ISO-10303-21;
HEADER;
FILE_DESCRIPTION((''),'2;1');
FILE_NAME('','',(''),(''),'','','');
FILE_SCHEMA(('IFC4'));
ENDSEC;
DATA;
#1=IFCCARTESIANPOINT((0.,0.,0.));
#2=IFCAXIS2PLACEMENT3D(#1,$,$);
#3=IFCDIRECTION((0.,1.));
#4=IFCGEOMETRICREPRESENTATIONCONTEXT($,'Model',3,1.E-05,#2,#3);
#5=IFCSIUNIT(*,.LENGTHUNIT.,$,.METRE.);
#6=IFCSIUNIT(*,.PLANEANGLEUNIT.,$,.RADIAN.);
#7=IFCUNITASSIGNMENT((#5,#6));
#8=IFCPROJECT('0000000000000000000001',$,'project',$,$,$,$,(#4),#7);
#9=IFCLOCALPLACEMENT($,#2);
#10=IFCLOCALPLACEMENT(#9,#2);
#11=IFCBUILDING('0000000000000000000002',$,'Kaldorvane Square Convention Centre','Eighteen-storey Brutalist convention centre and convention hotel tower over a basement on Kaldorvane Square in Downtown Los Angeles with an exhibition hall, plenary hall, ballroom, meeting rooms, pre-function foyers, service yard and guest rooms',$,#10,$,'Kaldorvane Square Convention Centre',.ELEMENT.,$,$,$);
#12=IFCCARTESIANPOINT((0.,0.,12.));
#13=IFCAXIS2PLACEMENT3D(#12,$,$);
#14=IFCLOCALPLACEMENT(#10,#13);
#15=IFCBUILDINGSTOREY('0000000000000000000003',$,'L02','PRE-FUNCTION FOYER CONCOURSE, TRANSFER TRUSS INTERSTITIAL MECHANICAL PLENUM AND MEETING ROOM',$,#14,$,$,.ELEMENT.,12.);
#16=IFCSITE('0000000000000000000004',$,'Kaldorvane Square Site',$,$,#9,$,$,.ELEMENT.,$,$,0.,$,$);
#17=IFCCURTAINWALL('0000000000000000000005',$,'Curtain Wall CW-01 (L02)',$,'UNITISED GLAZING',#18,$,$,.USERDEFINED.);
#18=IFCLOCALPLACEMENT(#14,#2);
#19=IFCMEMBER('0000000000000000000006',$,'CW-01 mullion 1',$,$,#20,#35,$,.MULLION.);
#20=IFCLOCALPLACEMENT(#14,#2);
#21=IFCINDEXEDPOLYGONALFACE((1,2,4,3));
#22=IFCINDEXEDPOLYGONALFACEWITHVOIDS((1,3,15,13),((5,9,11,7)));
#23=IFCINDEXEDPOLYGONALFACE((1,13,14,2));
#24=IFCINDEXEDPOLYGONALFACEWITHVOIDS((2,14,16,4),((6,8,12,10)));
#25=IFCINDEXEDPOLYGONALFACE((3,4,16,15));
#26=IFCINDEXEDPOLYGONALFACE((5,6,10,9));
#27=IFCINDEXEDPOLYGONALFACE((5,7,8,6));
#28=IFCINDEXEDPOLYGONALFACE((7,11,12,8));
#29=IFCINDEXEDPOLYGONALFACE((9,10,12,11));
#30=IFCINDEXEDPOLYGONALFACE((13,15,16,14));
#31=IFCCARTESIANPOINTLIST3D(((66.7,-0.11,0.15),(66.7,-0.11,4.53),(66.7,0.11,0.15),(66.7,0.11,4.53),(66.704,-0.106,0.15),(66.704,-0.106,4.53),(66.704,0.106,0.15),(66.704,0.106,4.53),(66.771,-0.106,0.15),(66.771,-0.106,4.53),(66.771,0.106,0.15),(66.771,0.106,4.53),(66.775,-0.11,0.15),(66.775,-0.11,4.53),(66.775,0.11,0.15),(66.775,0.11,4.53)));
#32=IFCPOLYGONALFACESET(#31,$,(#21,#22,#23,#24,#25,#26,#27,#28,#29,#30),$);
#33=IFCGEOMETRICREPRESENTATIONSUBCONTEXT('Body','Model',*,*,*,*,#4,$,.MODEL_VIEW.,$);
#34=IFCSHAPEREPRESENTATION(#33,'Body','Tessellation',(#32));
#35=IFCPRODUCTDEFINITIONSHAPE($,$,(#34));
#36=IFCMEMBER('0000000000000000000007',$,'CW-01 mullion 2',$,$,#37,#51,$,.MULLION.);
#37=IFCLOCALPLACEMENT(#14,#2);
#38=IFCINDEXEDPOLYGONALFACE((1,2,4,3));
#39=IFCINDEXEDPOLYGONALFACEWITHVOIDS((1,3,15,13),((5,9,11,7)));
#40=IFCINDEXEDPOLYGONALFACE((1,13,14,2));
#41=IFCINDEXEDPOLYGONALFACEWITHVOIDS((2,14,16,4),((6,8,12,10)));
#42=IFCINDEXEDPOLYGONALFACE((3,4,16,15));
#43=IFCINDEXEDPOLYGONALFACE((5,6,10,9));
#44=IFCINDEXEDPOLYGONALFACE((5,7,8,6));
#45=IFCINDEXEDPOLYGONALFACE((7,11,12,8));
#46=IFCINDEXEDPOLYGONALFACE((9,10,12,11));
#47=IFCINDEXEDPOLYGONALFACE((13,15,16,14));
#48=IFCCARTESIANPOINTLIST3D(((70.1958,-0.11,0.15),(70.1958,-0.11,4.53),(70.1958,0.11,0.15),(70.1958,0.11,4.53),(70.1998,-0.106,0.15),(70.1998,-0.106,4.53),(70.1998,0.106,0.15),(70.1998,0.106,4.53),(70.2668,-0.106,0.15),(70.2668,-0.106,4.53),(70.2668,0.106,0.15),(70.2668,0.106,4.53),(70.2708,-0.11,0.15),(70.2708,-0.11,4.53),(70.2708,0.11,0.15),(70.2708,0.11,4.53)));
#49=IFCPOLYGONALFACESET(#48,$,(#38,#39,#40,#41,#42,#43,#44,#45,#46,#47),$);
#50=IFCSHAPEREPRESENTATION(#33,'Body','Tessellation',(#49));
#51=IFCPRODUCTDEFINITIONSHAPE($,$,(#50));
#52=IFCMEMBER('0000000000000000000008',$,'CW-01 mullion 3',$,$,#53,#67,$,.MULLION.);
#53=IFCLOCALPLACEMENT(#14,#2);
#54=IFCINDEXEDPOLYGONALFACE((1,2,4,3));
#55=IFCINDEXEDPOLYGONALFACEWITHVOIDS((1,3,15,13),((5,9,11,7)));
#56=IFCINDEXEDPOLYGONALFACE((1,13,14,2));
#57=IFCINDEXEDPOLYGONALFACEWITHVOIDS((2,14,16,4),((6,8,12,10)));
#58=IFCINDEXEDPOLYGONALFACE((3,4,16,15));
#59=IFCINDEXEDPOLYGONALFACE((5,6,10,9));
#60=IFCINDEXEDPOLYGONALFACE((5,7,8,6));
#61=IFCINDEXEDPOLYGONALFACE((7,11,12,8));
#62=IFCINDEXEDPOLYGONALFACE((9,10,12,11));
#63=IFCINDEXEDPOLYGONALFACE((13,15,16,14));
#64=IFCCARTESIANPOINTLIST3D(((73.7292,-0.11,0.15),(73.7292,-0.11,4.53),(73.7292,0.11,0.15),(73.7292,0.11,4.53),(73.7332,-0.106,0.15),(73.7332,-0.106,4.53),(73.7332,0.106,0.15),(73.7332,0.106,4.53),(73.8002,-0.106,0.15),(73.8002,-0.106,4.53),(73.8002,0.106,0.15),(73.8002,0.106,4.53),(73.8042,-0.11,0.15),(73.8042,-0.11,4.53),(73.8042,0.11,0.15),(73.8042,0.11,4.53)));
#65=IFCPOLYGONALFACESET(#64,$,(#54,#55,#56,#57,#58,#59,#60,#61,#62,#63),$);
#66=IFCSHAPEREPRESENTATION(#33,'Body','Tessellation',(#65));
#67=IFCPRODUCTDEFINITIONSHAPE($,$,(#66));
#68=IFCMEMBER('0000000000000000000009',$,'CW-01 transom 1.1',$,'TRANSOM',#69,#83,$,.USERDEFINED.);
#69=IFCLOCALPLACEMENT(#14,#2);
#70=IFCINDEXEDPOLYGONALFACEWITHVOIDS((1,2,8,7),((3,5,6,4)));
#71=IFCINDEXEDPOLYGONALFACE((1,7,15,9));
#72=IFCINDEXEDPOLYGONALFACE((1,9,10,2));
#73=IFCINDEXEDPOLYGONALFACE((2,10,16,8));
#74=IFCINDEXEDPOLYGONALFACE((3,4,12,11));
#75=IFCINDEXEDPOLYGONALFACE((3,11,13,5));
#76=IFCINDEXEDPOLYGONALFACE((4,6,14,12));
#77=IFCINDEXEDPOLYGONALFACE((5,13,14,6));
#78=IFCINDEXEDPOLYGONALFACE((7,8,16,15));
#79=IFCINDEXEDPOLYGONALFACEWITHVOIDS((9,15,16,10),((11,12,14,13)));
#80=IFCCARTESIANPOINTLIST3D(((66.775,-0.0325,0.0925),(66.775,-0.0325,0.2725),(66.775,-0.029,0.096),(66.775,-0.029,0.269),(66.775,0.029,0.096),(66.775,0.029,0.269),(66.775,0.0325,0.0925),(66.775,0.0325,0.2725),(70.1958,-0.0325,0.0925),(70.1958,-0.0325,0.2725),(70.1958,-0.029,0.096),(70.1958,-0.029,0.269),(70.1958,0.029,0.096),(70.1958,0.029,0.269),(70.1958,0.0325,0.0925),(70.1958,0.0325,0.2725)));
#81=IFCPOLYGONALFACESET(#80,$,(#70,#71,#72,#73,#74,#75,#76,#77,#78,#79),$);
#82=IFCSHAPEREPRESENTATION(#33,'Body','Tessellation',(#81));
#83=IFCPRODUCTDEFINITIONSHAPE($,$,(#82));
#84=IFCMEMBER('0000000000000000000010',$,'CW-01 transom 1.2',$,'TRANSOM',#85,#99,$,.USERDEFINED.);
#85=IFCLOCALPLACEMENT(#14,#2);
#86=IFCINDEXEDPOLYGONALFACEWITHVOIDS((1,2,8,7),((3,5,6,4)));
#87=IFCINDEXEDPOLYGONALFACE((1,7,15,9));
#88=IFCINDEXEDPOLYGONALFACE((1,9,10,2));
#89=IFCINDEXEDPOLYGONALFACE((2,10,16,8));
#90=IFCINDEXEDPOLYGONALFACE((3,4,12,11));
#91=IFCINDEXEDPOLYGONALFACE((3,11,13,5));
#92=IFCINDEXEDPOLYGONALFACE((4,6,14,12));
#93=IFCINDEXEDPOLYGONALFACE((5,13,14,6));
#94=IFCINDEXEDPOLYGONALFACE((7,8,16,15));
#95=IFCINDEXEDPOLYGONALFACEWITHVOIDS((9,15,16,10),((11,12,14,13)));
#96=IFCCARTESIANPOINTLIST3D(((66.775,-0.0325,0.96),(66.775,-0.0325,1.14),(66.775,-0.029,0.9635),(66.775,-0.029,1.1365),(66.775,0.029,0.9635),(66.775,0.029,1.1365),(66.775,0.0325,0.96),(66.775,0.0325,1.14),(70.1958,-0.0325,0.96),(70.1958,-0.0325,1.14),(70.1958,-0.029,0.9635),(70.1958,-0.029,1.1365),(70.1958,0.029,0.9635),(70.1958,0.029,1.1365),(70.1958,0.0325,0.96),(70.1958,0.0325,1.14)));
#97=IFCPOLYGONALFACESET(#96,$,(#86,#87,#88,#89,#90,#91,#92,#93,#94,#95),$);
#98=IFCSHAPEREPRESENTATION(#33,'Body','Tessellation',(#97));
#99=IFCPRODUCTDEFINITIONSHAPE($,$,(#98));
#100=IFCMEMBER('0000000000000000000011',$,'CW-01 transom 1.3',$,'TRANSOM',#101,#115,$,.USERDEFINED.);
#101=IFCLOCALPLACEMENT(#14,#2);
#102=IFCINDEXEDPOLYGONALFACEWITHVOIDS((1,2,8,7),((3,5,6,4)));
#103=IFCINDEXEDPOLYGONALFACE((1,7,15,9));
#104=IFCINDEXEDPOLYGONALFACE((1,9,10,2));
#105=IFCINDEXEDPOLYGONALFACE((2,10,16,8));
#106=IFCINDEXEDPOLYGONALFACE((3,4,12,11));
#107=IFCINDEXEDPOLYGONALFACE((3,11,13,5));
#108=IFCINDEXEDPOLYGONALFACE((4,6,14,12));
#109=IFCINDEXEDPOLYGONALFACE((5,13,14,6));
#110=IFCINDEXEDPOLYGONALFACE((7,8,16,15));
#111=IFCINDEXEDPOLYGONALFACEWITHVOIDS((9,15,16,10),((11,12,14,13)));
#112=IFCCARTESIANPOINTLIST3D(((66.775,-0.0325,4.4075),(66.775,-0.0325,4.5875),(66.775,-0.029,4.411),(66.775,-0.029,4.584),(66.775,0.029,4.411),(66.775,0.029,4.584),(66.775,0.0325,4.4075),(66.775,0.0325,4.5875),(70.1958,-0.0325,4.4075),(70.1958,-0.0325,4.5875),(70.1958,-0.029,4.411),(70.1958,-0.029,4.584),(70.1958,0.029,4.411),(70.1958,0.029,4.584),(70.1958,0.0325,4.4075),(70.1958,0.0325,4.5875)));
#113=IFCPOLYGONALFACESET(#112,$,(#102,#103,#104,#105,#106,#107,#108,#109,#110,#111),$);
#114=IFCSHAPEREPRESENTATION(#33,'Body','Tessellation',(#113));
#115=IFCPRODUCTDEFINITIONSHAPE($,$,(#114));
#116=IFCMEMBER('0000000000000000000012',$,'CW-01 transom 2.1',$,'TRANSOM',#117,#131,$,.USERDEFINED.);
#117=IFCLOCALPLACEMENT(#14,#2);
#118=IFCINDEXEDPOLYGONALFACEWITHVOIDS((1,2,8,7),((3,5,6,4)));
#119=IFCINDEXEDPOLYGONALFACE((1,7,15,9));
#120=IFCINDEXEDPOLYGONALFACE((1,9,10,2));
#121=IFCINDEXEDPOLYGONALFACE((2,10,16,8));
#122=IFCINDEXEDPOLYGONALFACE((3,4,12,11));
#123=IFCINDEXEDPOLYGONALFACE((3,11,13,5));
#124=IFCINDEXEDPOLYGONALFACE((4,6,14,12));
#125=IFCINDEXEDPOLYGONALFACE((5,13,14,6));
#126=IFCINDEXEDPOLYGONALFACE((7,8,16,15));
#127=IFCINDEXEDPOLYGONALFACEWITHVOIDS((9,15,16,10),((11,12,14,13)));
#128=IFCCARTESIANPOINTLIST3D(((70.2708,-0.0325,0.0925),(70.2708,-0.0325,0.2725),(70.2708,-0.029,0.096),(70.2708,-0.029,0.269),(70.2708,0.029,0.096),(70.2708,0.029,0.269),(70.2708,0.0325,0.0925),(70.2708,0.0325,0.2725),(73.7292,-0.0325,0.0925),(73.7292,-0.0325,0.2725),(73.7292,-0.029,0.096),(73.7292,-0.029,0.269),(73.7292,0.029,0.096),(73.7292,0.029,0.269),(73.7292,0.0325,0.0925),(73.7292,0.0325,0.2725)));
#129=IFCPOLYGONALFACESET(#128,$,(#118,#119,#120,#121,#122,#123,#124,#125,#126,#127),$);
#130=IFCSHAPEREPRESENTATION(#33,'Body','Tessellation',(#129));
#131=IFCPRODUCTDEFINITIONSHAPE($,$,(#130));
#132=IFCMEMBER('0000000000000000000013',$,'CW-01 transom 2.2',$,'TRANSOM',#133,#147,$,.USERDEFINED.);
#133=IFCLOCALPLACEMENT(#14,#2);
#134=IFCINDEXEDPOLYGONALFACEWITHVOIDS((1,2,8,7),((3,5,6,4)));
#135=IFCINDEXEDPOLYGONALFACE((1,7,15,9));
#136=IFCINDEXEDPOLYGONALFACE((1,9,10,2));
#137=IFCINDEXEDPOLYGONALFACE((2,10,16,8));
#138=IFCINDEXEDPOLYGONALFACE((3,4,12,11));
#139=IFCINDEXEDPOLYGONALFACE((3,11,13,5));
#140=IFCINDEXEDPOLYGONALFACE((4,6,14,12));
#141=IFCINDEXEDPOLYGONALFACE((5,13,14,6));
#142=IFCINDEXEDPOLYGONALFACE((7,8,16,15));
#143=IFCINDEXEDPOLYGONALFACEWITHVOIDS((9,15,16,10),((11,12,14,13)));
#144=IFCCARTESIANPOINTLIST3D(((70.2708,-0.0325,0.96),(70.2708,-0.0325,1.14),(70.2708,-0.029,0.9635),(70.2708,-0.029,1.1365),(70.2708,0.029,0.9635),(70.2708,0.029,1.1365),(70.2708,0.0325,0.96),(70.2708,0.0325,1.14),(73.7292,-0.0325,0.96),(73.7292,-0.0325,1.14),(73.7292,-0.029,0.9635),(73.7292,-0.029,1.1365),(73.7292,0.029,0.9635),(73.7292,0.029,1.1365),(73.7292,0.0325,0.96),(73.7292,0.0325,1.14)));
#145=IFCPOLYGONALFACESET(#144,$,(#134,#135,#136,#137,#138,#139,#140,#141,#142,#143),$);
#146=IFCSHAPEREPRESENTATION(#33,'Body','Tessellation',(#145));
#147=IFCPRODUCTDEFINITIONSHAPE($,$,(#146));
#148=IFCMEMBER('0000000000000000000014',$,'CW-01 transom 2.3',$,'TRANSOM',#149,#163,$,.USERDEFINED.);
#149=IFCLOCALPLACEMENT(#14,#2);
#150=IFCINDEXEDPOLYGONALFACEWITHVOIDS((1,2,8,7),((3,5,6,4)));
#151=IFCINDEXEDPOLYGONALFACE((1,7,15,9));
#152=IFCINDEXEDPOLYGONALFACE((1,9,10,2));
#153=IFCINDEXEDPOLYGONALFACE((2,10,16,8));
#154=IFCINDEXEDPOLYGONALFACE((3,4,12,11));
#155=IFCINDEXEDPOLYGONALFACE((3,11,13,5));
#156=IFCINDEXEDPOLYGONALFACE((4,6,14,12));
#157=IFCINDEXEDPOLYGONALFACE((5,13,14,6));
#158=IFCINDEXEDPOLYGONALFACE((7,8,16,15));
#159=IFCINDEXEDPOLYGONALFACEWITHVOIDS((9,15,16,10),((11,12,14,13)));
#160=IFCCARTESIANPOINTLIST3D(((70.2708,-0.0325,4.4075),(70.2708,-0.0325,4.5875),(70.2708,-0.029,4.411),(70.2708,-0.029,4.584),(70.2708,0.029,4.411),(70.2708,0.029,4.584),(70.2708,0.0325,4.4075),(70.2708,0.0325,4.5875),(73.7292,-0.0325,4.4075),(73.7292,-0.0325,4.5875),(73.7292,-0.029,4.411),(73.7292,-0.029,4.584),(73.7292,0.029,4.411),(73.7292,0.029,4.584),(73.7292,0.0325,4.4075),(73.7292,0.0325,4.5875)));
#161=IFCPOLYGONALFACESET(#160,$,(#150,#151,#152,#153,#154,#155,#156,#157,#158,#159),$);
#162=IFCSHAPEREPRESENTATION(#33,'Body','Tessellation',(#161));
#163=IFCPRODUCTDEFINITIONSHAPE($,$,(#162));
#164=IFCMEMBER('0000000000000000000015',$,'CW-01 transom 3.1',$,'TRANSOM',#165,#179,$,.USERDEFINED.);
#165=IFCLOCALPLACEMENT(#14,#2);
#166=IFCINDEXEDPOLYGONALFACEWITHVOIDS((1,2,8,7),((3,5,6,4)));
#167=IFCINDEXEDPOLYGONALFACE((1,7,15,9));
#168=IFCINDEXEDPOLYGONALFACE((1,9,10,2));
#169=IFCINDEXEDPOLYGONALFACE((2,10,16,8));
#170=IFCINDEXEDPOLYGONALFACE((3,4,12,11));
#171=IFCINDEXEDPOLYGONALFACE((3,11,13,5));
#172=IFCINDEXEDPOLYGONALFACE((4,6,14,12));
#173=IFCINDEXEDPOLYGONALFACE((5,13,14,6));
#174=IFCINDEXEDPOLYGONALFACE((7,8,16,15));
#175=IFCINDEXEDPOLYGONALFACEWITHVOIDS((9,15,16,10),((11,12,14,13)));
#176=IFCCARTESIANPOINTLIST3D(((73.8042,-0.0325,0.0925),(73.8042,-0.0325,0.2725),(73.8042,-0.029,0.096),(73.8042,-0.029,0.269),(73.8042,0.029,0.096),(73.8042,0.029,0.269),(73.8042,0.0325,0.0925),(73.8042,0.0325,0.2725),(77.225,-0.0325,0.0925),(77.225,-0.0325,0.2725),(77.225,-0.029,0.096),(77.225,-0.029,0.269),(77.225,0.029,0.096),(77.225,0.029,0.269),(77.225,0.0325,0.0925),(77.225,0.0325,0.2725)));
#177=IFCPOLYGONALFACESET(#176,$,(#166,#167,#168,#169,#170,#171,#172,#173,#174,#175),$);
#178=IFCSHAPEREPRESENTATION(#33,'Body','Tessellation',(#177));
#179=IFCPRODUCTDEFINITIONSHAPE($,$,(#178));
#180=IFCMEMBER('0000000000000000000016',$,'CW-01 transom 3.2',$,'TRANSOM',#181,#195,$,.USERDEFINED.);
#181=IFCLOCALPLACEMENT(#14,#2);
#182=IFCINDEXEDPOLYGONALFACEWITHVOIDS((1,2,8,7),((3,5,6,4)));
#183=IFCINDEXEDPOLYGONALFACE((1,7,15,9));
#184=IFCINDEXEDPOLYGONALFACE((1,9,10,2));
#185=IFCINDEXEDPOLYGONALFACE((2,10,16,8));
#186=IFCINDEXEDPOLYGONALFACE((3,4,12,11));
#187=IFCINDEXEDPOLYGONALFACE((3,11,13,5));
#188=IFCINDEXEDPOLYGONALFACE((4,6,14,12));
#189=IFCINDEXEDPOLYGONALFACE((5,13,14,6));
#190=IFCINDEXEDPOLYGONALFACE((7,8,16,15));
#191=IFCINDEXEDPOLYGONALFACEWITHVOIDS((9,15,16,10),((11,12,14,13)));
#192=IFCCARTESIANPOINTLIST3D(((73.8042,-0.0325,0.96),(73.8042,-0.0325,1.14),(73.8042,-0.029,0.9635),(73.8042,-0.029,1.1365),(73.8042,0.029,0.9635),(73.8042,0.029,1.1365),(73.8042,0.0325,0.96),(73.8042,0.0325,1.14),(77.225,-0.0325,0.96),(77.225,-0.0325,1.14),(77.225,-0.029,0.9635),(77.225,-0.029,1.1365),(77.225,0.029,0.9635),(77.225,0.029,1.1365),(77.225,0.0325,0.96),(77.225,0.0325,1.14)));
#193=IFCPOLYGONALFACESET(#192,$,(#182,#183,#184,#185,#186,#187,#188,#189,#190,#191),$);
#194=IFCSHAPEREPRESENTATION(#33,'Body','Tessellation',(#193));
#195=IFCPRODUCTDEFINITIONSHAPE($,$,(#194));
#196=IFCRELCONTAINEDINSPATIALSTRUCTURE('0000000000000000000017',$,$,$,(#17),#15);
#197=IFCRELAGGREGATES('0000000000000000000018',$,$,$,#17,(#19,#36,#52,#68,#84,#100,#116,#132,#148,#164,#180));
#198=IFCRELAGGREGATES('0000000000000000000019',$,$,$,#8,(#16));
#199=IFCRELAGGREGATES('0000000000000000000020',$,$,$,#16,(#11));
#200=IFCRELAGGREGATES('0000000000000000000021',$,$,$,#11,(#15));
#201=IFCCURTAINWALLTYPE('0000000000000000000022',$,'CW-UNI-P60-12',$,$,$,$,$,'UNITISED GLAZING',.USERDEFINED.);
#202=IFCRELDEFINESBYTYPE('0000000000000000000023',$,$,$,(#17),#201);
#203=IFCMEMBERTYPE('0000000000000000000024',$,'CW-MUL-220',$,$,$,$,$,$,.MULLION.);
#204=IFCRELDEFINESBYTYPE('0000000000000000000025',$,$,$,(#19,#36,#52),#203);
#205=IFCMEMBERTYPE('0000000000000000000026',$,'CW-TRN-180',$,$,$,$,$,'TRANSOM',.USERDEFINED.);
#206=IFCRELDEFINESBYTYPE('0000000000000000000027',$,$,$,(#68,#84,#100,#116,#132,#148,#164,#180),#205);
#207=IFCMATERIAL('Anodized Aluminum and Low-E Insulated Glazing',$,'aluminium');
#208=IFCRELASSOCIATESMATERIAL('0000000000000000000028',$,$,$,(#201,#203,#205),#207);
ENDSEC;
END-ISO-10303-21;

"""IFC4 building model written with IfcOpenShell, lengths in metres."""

from ifc_helpers import new_model, si_unit, direction, frame, origin, origin_2d, place, context, subcontext, project, spatial, hollow_rectangle, extrude, material, material_profile, profile_set, type_object, element, aggregate, save


model = new_model("IFC4")

# Units and contexts
model_context = context("Model", 3, precision=1e-05, world=origin(), true_north=direction((0.0, 1.0)))
body_context = subcontext(model_context, "Body", "Model", "MODEL_VIEW")
ifc_project = project(units=[si_unit("LENGTHUNIT", "METRE"), si_unit("PLANEANGLEUNIT", "RADIAN")], contexts=[model_context])

# Site, building, storey
site_placement = place(None, origin())
site = spatial("IfcSite", under=ifc_project, at=site_placement, Name="Kaldorvane Square Site", CompositionType="ELEMENT", RefElevation=0.0)
building_placement = place(site_placement, origin())
building = spatial("IfcBuilding", under=site, at=building_placement, Name="Kaldorvane Square Convention Centre", Description="Eighteen-storey Brutalist convention centre and convention hotel tower over a basement on Kaldorvane Square in Downtown Los Angeles with an exhibition hall, plenary hall, ballroom, meeting rooms, pre-function foyers, service yard and guest rooms", LongName="Kaldorvane Square Convention Centre", CompositionType="ELEMENT")
storey_placement = place(building_placement, frame((0.0, 0.0, 12.0)))
storey = spatial("IfcBuildingStorey", under=building, at=storey_placement, Name="L02", Description="PRE-FUNCTION FOYER CONCOURSE, TRANSFER TRUSS INTERSTITIAL MECHANICAL PLENUM AND MEETING ROOM", CompositionType="ELEMENT", Elevation=12.0)

# Curtain wall, members
ifc_material_1 = material(Name="Anodized Aluminum and Low-E Insulated Glazing", Category="aluminium")
curtain_wall_type = type_object("IfcCurtainWallType", Name="CW-UNI-P60-12", ElementType="UNITISED GLAZING", PredefinedType="USERDEFINED", material=ifc_material_1)
curtain_wall_placement = place(storey_placement, origin())
curtain_wall = element("IfcCurtainWall", 1, at=curtain_wall_placement, inside=storey, type_object=curtain_wall_type, Name="Curtain Wall CW-01 (L02)", ObjectType="UNITISED GLAZING", PredefinedType="USERDEFINED")
ifc_material_profile_1 = material_profile(ifc_material_1, hollow_rectangle(XDim=0.075, YDim=0.22, WallThickness=0.004, at=origin_2d()), Name="CWM-220X75")
ifc_profile_set_1 = profile_set([ifc_material_profile_1], Name="Anodized Aluminum and Low-E Insulated Glazing")
member_type_1 = type_object("IfcMemberType", Name="CW-MUL-220", PredefinedType="MULLION", material=ifc_profile_set_1)
member_1_placement = place(storey_placement, frame((66.7375, 0.0, 0.15), z_axis=(0.0, 0.0, 1.0), x_axis=(1.0, 0.0, 0.0)))
member_1 = element("IfcMember", 2, at=member_1_placement, type_object=member_type_1, Name="CW-01 mullion 1", PredefinedType="MULLION", context=body_context, shape_type="SweptSolid", body=[
    extrude(hollow_rectangle(XDim=0.075, YDim=0.22, WallThickness=0.004, at=origin_2d()), origin(), (0.0, 0.0, 1.0), 4.38),
])
member_2_placement = place(storey_placement, frame((70.2333, 0.0, 0.15), z_axis=(0.0, 0.0, 1.0), x_axis=(1.0, 0.0, 0.0)))
member_2 = element("IfcMember", 3, at=member_2_placement, type_object=member_type_1, Name="CW-01 mullion 2", PredefinedType="MULLION", context=body_context, shape_type="SweptSolid", body=[
    extrude(hollow_rectangle(XDim=0.075, YDim=0.22, WallThickness=0.004, at=origin_2d()), origin(), (0.0, 0.0, 1.0), 4.38),
])
member_3_placement = place(storey_placement, frame((73.7667, 0.0, 0.15), z_axis=(0.0, 0.0, 1.0), x_axis=(1.0, 0.0, 0.0)))
member_3 = element("IfcMember", 4, at=member_3_placement, type_object=member_type_1, Name="CW-01 mullion 3", PredefinedType="MULLION", context=body_context, shape_type="SweptSolid", body=[
    extrude(hollow_rectangle(XDim=0.075, YDim=0.22, WallThickness=0.004, at=origin_2d()), origin(), (0.0, 0.0, 1.0), 4.38),
])
ifc_material_profile_2 = material_profile(ifc_material_1, hollow_rectangle(XDim=0.065, YDim=0.18, WallThickness=0.0035, at=origin_2d()), Name="CWT-180X65")
ifc_profile_set_2 = profile_set([ifc_material_profile_2], Name="Anodized Aluminum and Low-E Insulated Glazing")
member_type_2 = type_object("IfcMemberType", Name="CW-TRN-180", ElementType="TRANSOM", PredefinedType="USERDEFINED", material=ifc_profile_set_2)
member_4_placement = place(storey_placement, frame((66.775, 0.0, 0.1825), z_axis=(1.0, 0.0, 0.0), x_axis=(0.0, 1.0, 0.0)))
member_4 = element("IfcMember", 5, at=member_4_placement, type_object=member_type_2, Name="CW-01 transom 1.1", ObjectType="TRANSOM", PredefinedType="USERDEFINED", context=body_context, shape_type="SweptSolid", body=[
    extrude(hollow_rectangle(XDim=0.065, YDim=0.18, WallThickness=0.0035, at=origin_2d()), origin(), (0.0, 0.0, 1.0), 3.4208),
])
member_5_placement = place(storey_placement, frame((66.775, 0.0, 1.05), z_axis=(1.0, 0.0, 0.0), x_axis=(0.0, 1.0, 0.0)))
member_5 = element("IfcMember", 6, at=member_5_placement, type_object=member_type_2, Name="CW-01 transom 1.2", ObjectType="TRANSOM", PredefinedType="USERDEFINED", context=body_context, shape_type="SweptSolid", body=[
    extrude(hollow_rectangle(XDim=0.065, YDim=0.18, WallThickness=0.0035, at=origin_2d()), origin(), (0.0, 0.0, 1.0), 3.4208),
])
member_6_placement = place(storey_placement, frame((66.775, 0.0, 4.4975), z_axis=(1.0, 0.0, 0.0), x_axis=(0.0, 1.0, 0.0)))
member_6 = element("IfcMember", 7, at=member_6_placement, type_object=member_type_2, Name="CW-01 transom 1.3", ObjectType="TRANSOM", PredefinedType="USERDEFINED", context=body_context, shape_type="SweptSolid", body=[
    extrude(hollow_rectangle(XDim=0.065, YDim=0.18, WallThickness=0.0035, at=origin_2d()), origin(), (0.0, 0.0, 1.0), 3.4208),
])
member_7_placement = place(storey_placement, frame((70.2708, 0.0, 0.1825), z_axis=(1.0, 0.0, 0.0), x_axis=(0.0, 1.0, 0.0)))
member_7 = element("IfcMember", 8, at=member_7_placement, type_object=member_type_2, Name="CW-01 transom 2.1", ObjectType="TRANSOM", PredefinedType="USERDEFINED", context=body_context, shape_type="SweptSolid", body=[
    extrude(hollow_rectangle(XDim=0.065, YDim=0.18, WallThickness=0.0035, at=origin_2d()), origin(), (0.0, 0.0, 1.0), 3.4583),
])
member_8_placement = place(storey_placement, frame((70.2708, 0.0, 1.05), z_axis=(1.0, 0.0, 0.0), x_axis=(0.0, 1.0, 0.0)))
member_8 = element("IfcMember", 9, at=member_8_placement, type_object=member_type_2, Name="CW-01 transom 2.2", ObjectType="TRANSOM", PredefinedType="USERDEFINED", context=body_context, shape_type="SweptSolid", body=[
    extrude(hollow_rectangle(XDim=0.065, YDim=0.18, WallThickness=0.0035, at=origin_2d()), origin(), (0.0, 0.0, 1.0), 3.4583),
])
member_9_placement = place(storey_placement, frame((70.2708, 0.0, 4.4975), z_axis=(1.0, 0.0, 0.0), x_axis=(0.0, 1.0, 0.0)))
member_9 = element("IfcMember", 10, at=member_9_placement, type_object=member_type_2, Name="CW-01 transom 2.3", ObjectType="TRANSOM", PredefinedType="USERDEFINED", context=body_context, shape_type="SweptSolid", body=[
    extrude(hollow_rectangle(XDim=0.065, YDim=0.18, WallThickness=0.0035, at=origin_2d()), origin(), (0.0, 0.0, 1.0), 3.4583),
])
member_10_placement = place(storey_placement, frame((73.8042, 0.0, 0.1825), z_axis=(1.0, 0.0, 0.0), x_axis=(0.0, 1.0, 0.0)))
member_10 = element("IfcMember", 11, at=member_10_placement, type_object=member_type_2, Name="CW-01 transom 3.1", ObjectType="TRANSOM", PredefinedType="USERDEFINED", context=body_context, shape_type="SweptSolid", body=[
    extrude(hollow_rectangle(XDim=0.065, YDim=0.18, WallThickness=0.0035, at=origin_2d()), origin(), (0.0, 0.0, 1.0), 3.4208),
])
member_11_placement = place(storey_placement, frame((73.8042, 0.0, 1.05), z_axis=(1.0, 0.0, 0.0), x_axis=(0.0, 1.0, 0.0)))
member_11 = element("IfcMember", 12, at=member_11_placement, type_object=member_type_2, Name="CW-01 transom 3.2", ObjectType="TRANSOM", PredefinedType="USERDEFINED", context=body_context, shape_type="SweptSolid", body=[
    extrude(hollow_rectangle(XDim=0.065, YDim=0.18, WallThickness=0.0035, at=origin_2d()), origin(), (0.0, 0.0, 1.0), 3.4208),
])
aggregate(curtain_wall, [member_1, member_2, member_3, member_4, member_5, member_6, member_7, member_8, member_9, member_10, member_11])

save(model, "model.ifc")
